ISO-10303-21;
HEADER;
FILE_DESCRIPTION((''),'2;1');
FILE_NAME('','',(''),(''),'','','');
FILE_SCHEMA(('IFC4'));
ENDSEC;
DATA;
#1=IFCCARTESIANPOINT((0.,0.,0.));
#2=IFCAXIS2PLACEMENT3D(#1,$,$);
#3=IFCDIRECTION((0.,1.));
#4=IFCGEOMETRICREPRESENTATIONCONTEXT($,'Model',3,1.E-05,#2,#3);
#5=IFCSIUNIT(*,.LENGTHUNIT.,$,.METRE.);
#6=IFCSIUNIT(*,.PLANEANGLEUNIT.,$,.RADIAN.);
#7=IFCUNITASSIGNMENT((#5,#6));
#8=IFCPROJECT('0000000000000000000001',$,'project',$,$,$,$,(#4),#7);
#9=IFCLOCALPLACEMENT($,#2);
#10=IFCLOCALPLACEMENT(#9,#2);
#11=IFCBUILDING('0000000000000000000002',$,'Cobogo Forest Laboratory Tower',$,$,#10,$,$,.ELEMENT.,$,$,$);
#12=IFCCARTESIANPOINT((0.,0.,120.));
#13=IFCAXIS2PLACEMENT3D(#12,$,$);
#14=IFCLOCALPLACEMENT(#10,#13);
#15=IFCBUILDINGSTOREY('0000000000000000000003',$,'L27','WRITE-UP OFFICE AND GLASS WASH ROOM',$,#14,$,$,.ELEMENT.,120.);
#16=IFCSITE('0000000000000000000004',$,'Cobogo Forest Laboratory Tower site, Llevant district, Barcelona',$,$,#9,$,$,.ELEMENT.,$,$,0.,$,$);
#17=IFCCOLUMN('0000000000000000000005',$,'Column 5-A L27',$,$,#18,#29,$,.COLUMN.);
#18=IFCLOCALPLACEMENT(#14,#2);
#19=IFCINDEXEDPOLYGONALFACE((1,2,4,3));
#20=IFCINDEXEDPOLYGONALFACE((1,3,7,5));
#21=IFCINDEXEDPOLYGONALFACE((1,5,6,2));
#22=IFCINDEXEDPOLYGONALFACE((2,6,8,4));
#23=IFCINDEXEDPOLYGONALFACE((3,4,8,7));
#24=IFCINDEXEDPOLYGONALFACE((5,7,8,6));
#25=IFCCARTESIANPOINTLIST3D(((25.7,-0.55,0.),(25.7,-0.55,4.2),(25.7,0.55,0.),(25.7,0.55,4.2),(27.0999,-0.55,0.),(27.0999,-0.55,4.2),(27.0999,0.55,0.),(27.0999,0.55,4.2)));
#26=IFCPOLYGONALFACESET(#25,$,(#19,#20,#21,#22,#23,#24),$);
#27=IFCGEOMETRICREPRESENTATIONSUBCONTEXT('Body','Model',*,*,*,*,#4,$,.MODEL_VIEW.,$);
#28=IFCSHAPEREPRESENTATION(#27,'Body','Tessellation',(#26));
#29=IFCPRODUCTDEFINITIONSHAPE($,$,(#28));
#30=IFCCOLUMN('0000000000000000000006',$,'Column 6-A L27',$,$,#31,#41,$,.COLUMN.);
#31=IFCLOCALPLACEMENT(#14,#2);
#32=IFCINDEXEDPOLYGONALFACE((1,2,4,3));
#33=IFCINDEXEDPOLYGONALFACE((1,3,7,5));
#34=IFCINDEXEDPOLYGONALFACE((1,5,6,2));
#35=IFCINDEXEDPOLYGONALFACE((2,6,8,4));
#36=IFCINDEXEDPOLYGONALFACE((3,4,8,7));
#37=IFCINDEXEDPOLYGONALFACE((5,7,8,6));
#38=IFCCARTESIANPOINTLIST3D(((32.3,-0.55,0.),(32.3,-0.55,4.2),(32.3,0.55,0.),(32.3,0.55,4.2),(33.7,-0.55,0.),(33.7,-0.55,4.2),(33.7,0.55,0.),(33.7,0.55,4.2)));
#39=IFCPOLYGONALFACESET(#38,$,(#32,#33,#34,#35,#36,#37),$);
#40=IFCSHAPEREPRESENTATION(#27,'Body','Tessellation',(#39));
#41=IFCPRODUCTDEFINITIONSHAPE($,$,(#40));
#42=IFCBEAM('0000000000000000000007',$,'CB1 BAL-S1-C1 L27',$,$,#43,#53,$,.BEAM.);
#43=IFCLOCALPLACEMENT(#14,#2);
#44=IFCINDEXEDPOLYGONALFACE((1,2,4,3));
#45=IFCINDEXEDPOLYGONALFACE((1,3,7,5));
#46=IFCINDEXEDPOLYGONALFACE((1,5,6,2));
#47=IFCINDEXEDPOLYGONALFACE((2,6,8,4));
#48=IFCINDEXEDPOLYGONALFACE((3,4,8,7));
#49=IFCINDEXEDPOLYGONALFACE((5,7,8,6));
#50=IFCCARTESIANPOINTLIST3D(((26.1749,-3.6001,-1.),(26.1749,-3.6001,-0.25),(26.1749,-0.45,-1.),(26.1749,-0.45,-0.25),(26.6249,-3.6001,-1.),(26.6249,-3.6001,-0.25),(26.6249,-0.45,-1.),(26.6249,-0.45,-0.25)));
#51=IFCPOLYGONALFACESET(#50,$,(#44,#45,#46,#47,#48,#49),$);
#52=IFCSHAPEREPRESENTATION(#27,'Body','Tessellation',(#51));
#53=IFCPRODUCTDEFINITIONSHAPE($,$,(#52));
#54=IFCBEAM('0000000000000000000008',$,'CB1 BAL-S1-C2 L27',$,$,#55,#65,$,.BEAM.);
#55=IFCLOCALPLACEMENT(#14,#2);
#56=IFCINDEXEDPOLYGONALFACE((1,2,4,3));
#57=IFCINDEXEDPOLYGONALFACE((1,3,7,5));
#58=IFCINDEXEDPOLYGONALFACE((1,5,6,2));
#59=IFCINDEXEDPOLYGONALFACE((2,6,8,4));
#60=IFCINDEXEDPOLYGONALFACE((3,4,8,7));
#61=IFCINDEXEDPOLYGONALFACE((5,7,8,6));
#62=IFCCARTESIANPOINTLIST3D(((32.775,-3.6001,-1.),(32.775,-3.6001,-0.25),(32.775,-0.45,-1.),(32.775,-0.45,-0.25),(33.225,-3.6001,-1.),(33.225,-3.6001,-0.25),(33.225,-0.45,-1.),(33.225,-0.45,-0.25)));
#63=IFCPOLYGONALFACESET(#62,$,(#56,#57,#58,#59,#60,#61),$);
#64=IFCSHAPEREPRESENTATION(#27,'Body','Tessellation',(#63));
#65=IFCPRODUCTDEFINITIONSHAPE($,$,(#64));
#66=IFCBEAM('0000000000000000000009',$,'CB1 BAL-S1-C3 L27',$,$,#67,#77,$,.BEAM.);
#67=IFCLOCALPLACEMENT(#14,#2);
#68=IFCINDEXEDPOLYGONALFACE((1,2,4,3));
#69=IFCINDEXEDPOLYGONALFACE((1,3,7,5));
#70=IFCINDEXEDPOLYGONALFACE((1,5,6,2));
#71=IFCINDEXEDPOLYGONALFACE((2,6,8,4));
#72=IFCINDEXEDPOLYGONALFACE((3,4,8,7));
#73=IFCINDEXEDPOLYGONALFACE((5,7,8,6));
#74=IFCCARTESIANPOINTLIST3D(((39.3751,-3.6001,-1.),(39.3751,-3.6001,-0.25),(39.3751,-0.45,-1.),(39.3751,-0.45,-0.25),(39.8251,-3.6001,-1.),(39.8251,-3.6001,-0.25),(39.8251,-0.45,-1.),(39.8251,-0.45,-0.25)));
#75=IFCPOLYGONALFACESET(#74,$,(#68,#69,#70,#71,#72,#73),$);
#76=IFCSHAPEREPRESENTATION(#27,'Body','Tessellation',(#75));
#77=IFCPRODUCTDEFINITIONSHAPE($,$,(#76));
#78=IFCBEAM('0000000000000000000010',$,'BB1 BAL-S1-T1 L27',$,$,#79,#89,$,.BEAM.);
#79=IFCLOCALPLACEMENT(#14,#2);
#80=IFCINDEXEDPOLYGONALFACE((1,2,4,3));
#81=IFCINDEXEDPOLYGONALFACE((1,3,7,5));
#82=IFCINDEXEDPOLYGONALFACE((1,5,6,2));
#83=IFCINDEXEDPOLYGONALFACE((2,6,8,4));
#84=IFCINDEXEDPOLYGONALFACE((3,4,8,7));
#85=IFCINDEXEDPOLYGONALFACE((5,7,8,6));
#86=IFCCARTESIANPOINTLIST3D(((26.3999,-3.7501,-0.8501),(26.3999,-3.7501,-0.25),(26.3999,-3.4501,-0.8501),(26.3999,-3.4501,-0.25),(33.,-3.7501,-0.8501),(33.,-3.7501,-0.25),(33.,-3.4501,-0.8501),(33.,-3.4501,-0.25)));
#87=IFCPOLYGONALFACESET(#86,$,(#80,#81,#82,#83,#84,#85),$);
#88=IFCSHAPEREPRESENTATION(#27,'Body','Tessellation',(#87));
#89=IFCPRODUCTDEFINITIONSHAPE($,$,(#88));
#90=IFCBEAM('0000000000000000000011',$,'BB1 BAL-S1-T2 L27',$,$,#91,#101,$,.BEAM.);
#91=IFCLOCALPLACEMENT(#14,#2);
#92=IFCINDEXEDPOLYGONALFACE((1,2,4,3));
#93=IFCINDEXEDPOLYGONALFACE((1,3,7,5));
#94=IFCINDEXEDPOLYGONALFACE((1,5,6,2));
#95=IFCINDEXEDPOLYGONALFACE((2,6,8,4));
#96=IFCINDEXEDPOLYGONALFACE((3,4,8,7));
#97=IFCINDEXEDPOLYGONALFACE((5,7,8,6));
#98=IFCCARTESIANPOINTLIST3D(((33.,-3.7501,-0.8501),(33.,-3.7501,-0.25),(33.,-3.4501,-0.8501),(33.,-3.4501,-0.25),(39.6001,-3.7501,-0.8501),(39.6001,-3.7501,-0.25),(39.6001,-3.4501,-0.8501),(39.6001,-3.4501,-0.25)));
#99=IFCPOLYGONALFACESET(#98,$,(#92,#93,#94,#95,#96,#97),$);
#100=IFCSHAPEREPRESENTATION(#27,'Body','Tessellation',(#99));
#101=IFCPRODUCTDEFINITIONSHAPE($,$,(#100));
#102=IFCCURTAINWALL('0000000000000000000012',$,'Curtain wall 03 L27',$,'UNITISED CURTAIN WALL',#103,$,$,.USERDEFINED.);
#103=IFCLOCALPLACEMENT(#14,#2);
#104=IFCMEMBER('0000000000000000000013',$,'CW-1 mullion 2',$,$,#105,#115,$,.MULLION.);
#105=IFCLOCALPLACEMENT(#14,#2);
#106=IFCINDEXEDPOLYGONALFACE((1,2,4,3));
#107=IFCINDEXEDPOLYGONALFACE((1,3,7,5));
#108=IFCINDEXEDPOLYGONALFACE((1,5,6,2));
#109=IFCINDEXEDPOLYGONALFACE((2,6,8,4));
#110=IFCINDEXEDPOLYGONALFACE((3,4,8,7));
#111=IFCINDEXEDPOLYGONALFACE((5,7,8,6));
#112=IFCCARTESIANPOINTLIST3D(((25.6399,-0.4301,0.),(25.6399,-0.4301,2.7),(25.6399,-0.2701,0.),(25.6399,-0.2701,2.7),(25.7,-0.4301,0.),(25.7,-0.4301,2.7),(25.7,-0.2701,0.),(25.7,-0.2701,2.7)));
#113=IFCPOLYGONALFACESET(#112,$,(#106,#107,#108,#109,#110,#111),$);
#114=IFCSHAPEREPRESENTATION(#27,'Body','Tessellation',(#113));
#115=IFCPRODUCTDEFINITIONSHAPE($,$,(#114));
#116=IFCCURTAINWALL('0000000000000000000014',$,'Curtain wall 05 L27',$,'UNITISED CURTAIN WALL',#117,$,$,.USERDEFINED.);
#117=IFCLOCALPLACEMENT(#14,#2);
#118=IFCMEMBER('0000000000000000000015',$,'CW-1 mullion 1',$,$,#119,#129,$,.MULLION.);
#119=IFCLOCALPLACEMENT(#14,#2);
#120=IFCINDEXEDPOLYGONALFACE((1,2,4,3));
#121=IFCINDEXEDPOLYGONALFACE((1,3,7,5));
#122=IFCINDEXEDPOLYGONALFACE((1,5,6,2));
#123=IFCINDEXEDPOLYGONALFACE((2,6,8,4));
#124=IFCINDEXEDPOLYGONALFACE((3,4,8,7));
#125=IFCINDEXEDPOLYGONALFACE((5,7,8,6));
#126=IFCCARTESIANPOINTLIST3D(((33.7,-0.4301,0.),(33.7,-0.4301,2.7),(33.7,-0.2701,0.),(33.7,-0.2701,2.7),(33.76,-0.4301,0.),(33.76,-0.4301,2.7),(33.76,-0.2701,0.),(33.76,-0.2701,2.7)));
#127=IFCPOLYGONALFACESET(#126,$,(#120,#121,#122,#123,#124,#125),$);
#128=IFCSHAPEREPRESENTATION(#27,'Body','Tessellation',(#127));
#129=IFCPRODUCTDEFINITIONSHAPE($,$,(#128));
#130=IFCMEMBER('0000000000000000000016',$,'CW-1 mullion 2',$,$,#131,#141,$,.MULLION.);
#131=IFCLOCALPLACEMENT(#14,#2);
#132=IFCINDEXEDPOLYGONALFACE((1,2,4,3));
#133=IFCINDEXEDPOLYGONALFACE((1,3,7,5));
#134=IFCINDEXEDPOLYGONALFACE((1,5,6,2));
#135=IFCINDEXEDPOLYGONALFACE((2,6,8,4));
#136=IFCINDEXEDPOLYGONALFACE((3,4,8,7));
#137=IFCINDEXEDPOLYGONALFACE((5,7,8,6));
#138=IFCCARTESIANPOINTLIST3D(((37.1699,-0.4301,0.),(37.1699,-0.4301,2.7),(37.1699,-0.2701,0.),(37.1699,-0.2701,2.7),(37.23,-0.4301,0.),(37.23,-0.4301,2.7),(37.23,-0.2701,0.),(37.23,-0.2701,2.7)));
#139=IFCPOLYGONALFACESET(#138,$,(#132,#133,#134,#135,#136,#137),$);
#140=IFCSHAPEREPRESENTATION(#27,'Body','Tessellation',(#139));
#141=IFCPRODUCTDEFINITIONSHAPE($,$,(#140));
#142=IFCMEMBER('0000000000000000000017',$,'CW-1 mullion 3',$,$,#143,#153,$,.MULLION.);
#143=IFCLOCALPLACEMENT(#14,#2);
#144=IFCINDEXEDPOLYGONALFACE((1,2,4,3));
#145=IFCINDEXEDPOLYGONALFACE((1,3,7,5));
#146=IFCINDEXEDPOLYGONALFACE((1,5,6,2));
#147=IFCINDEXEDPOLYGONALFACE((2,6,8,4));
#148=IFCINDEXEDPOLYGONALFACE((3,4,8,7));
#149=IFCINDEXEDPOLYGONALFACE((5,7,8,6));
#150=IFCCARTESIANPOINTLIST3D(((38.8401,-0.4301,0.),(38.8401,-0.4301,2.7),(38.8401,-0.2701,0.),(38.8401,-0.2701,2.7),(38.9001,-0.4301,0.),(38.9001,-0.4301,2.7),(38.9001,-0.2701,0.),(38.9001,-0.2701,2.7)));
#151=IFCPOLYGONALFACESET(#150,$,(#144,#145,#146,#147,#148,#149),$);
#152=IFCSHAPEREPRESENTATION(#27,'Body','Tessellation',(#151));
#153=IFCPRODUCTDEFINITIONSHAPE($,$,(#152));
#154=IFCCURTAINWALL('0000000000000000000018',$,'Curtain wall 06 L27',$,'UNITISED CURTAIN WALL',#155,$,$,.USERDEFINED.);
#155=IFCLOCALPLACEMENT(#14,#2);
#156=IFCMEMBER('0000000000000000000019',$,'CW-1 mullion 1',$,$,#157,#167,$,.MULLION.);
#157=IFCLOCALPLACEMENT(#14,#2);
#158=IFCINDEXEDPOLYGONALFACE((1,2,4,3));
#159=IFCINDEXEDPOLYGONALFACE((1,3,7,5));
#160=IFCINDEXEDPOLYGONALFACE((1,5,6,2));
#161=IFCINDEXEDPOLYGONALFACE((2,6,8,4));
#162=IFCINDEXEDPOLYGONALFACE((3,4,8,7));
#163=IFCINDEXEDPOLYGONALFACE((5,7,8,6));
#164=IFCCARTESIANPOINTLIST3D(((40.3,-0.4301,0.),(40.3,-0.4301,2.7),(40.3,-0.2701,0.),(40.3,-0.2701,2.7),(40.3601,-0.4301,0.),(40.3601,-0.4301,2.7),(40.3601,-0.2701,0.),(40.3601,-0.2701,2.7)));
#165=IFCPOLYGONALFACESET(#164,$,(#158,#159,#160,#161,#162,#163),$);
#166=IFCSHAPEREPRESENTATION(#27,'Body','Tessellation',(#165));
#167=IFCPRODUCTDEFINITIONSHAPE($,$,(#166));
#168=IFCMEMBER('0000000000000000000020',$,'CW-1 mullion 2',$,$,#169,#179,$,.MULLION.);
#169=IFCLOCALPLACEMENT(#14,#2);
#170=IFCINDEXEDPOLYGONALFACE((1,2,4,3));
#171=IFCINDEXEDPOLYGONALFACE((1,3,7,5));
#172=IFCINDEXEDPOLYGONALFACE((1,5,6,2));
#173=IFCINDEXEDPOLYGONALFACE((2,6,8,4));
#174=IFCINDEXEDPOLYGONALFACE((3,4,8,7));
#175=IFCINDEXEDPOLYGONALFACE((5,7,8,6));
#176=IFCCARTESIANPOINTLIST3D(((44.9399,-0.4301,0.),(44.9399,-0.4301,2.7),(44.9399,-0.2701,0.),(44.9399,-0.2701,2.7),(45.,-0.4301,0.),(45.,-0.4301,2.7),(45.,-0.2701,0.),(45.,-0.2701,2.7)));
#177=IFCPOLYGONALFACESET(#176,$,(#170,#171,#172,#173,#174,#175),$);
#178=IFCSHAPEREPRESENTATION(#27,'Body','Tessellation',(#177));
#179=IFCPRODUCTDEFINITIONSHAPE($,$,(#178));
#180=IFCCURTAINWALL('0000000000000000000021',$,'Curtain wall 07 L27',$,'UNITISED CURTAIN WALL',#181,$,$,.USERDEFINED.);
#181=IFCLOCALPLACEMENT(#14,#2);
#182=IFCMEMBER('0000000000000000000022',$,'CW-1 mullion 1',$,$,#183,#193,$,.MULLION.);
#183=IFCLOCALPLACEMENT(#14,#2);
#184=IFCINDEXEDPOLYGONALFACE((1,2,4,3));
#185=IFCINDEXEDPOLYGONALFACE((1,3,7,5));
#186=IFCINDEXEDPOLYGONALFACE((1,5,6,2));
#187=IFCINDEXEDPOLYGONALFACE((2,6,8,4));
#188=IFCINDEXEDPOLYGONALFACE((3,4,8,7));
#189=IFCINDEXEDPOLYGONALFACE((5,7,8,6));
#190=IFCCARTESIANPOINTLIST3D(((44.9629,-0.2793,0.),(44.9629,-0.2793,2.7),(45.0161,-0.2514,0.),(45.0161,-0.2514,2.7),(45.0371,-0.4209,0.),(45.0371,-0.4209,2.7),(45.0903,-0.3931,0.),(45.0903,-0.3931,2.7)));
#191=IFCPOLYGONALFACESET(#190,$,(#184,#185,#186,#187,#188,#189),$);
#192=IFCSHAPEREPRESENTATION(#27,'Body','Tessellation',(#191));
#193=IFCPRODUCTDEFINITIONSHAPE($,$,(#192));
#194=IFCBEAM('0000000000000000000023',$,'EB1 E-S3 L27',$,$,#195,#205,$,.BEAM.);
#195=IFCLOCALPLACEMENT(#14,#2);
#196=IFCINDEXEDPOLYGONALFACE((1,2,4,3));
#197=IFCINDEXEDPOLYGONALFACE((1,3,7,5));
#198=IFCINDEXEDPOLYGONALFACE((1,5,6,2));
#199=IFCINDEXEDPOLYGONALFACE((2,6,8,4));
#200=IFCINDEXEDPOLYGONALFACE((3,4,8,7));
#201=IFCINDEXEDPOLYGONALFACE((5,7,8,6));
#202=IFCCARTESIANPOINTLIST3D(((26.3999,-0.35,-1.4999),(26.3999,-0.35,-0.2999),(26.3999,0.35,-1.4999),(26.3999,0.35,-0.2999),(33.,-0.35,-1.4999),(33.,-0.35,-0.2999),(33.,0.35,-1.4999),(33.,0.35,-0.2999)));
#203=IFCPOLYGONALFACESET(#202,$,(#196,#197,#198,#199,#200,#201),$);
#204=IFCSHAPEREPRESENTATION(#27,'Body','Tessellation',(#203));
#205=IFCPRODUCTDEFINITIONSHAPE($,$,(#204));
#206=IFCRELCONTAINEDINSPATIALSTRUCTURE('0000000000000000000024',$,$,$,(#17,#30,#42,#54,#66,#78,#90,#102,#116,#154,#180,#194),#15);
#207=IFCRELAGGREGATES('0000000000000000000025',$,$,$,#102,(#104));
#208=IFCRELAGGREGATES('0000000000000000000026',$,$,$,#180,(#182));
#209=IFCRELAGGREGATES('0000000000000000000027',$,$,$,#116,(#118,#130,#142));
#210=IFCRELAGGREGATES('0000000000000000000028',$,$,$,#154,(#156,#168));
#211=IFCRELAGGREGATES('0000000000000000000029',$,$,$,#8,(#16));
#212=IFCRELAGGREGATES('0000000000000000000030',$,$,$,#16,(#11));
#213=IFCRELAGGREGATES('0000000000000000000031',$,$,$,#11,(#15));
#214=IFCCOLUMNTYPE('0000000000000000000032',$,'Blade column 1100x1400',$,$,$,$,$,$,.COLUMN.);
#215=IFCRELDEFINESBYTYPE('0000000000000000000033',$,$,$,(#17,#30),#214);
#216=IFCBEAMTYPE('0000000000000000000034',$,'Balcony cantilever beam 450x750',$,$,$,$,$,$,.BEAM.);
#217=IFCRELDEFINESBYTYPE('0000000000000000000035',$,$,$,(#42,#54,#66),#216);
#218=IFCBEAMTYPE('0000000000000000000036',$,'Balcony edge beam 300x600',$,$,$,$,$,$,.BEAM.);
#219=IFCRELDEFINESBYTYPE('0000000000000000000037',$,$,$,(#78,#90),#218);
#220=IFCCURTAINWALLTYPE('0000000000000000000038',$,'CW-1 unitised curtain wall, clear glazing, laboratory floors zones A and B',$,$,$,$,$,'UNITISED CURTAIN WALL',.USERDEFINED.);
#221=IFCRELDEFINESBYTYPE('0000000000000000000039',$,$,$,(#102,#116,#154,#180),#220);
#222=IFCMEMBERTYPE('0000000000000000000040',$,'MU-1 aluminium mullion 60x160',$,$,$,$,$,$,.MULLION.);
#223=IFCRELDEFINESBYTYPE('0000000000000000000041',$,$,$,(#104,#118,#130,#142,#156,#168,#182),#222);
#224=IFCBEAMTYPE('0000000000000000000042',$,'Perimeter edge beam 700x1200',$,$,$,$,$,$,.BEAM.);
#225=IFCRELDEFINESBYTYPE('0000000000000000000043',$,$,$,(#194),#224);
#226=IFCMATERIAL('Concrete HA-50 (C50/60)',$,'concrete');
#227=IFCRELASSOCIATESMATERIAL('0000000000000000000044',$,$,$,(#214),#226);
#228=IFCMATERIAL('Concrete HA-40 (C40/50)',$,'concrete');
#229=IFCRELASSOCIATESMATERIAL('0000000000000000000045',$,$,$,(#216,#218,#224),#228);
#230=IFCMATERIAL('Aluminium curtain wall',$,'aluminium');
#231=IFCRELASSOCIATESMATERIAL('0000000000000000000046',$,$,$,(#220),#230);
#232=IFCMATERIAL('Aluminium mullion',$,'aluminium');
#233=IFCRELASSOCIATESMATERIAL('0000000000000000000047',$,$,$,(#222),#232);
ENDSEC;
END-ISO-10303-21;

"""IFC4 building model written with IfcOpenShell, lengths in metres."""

from ifc_helpers import new_model, si_unit, direction, frame, origin, origin_2d, place, context, subcontext, project, spatial, rectangle, extrude, material, material_profile, profile_set, type_object, element, aggregate, save


model = new_model("IFC4")

# Units and contexts
model_context = context("Model", 3, precision=1e-05, world=origin(), true_north=direction((0.0, 1.0)))
body_context = subcontext(model_context, "Body", "Model", "MODEL_VIEW")
ifc_project = project(units=[si_unit("LENGTHUNIT", "METRE"), si_unit("PLANEANGLEUNIT", "RADIAN")], contexts=[model_context])

# Site, building, storey
site_placement = place(None, origin())
site = spatial("IfcSite", under=ifc_project, at=site_placement, Name="Cobogo Forest Laboratory Tower site, Llevant district, Barcelona", CompositionType="ELEMENT", RefElevation=0.0)
building_placement = place(site_placement, origin())
building = spatial("IfcBuilding", under=site, at=building_placement, Name="Cobogo Forest Laboratory Tower", CompositionType="ELEMENT")
storey_placement = place(building_placement, frame((0.0, 0.0, 120.0)))
storey = spatial("IfcBuildingStorey", under=building, at=storey_placement, Name="L27", Description="WRITE-UP OFFICE AND GLASS WASH ROOM", CompositionType="ELEMENT", Elevation=120.0)

# Columns
ifc_material_1 = material(Name="Concrete HA-50 (C50/60)", Category="concrete")
ifc_material_profile_1 = material_profile(ifc_material_1, rectangle(XDim=1.3999, YDim=1.1001, at=origin_2d()), Name="RC 1100x1400")
ifc_profile_set_1 = profile_set([ifc_material_profile_1], Name="Concrete HA-50 (C50/60)")
column_type = type_object("IfcColumnType", Name="Blade column 1100x1400", PredefinedType="COLUMN", material=ifc_profile_set_1)
for number, where, z_axis, x_axis, name in (
    (1, (26.3999, 0.0, 0.0), (0.0, 0.0, 1.0), (1.0, 0.0, 0.0), "Column 5-A L27"),
    (2, (33.0, 0.0, 0.0), (0.0, 0.0, 1.0), (1.0, 0.0, 0.0), "Column 6-A L27"),
):
    element("IfcColumn", number, at=place(storey_placement, frame(where, z_axis=z_axis, x_axis=x_axis)), inside=storey, type_object=column_type, Name=name, PredefinedType="COLUMN", context=body_context, shape_type="SweptSolid", body=[
        extrude(rectangle(XDim=1.3999, YDim=1.1001, at=origin_2d()), origin(), (0.0, 0.0, 1.0), 4.2),
    ])

# Beams
ifc_material_2 = material(Name="Concrete HA-40 (C40/50)", Category="concrete")
ifc_material_profile_2 = material_profile(ifc_material_2, rectangle(XDim=0.45, YDim=0.75, at=origin_2d()), Name="RC 450x750")
ifc_profile_set_2 = profile_set([ifc_material_profile_2], Name="Concrete HA-40 (C40/50)")
beam_type_1 = type_object("IfcBeamType", Name="Balcony cantilever beam 450x750", PredefinedType="BEAM", material=ifc_profile_set_2)
for number, where, z_axis, x_axis, name in (
    (3, (26.3999, -0.45, -0.625), (0.0, -1.0, 0.0), (1.0, 0.0, 0.0), "CB1 BAL-S1-C1 L27"),
    (4, (33.0, -0.45, -0.625), (0.0, -1.0, 0.0), (1.0, 0.0, 0.0), "CB1 BAL-S1-C2 L27"),
    (5, (39.6001, -0.45, -0.625), (0.0, -1.0, 0.0), (1.0, 0.0, 0.0), "CB1 BAL-S1-C3 L27"),
):
    element("IfcBeam", number, at=place(storey_placement, frame(where, z_axis=z_axis, x_axis=x_axis)), inside=storey, type_object=beam_type_1, Name=name, PredefinedType="BEAM", context=body_context, shape_type="SweptSolid", body=[
        extrude(rectangle(XDim=0.45, YDim=0.75, at=origin_2d()), origin(), (0.0, 0.0, 1.0), 3.1501),
    ])
ifc_material_profile_3 = material_profile(ifc_material_2, rectangle(XDim=0.3, YDim=0.6001, at=origin_2d()), Name="RC 300x600")
ifc_profile_set_3 = profile_set([ifc_material_profile_3], Name="Concrete HA-40 (C40/50)")
beam_type_2 = type_object("IfcBeamType", Name="Balcony edge beam 300x600", PredefinedType="BEAM", material=ifc_profile_set_3)
for number, where, z_axis, x_axis, name in (
    (6, (26.3999, -3.6001, -0.55), (1.0, 0.0, 0.0), (0.0, 1.0, 0.0), "BB1 BAL-S1-T1 L27"),
    (7, (33.0, -3.6001, -0.55), (1.0, 0.0, 0.0), (0.0, 1.0, 0.0), "BB1 BAL-S1-T2 L27"),
):
    element("IfcBeam", number, at=place(storey_placement, frame(where, z_axis=z_axis, x_axis=x_axis)), inside=storey, type_object=beam_type_2, Name=name, PredefinedType="BEAM", context=body_context, shape_type="SweptSolid", body=[
        extrude(rectangle(XDim=0.3, YDim=0.6001, at=origin_2d()), origin(), (0.0, 0.0, 1.0), 6.6001),
    ])

# Curtain wall, member
ifc_material_3 = material(Name="Aluminium curtain wall", Category="aluminium")
curtain_wall_type = type_object("IfcCurtainWallType", Name="CW-1 unitised curtain wall, clear glazing, laboratory floors zones A and B", ElementType="UNITISED CURTAIN WALL", PredefinedType="USERDEFINED", material=ifc_material_3)
curtain_wall_1_placement = place(storey_placement, origin())
curtain_wall_1 = element("IfcCurtainWall", 8, at=curtain_wall_1_placement, inside=storey, type_object=curtain_wall_type, Name="Curtain wall 03 L27", ObjectType="UNITISED CURTAIN WALL", PredefinedType="USERDEFINED")
ifc_material_4 = material(Name="Aluminium mullion", Category="aluminium")
ifc_material_profile_4 = material_profile(ifc_material_4, rectangle(XDim=0.0601, YDim=0.1599, at=origin_2d()), Name="AL 60x160")
ifc_profile_set_4 = profile_set([ifc_material_profile_4], Name="Aluminium mullion")
member_type_1 = type_object("IfcMemberType", Name="MU-1 aluminium mullion 60x160", PredefinedType="MULLION", material=ifc_profile_set_4)
member_1_placement = place(storey_placement, frame((25.6699, -0.3501, 0.0), z_axis=(0.0, 0.0, 1.0), x_axis=(1.0, 0.0, 0.0)))
member_1 = element("IfcMember", 9, at=member_1_placement, type_object=member_type_1, Name="CW-1 mullion 2", PredefinedType="MULLION", context=body_context, shape_type="SweptSolid", body=[
    extrude(rectangle(XDim=0.0601, YDim=0.1599, at=origin_2d()), origin(), (0.0, 0.0, 1.0), 2.7),
])
aggregate(curtain_wall_1, [member_1])

# Curtain walls, members
curtain_wall_2_placement = place(storey_placement, origin())
curtain_wall_2 = element("IfcCurtainWall", 10, at=curtain_wall_2_placement, inside=storey, type_object=curtain_wall_type, Name="Curtain wall 05 L27", ObjectType="UNITISED CURTAIN WALL", PredefinedType="USERDEFINED")
member_2_placement = place(storey_placement, frame((33.73, -0.3501, 0.0), z_axis=(0.0, 0.0, 1.0), x_axis=(1.0, 0.0, 0.0)))
member_2 = element("IfcMember", 11, at=member_2_placement, type_object=member_type_1, Name="CW-1 mullion 1", PredefinedType="MULLION", context=body_context, shape_type="SweptSolid", body=[
    extrude(rectangle(XDim=0.0601, YDim=0.1599, at=origin_2d()), origin(), (0.0, 0.0, 1.0), 2.7),
])
member_3_placement = place(storey_placement, frame((37.2, -0.3501, 0.0), z_axis=(0.0, 0.0, 1.0), x_axis=(1.0, 0.0, 0.0)))
member_3 = element("IfcMember", 12, at=member_3_placement, type_object=member_type_1, Name="CW-1 mullion 2", PredefinedType="MULLION", context=body_context, shape_type="SweptSolid", body=[
    extrude(rectangle(XDim=0.0601, YDim=0.1599, at=origin_2d()), origin(), (0.0, 0.0, 1.0), 2.7),
])
member_4_placement = place(storey_placement, frame((38.8701, -0.3501, 0.0), z_axis=(0.0, 0.0, 1.0), x_axis=(1.0, 0.0, 0.0)))
member_4 = element("IfcMember", 13, at=member_4_placement, type_object=member_type_1, Name="CW-1 mullion 3", PredefinedType="MULLION", context=body_context, shape_type="SweptSolid", body=[
    extrude(rectangle(XDim=0.0601, YDim=0.1599, at=origin_2d()), origin(), (0.0, 0.0, 1.0), 2.7),
])
curtain_wall_3_placement = place(storey_placement, origin())
curtain_wall_3 = element("IfcCurtainWall", 14, at=curtain_wall_3_placement, inside=storey, type_object=curtain_wall_type, Name="Curtain wall 06 L27", ObjectType="UNITISED CURTAIN WALL", PredefinedType="USERDEFINED")
member_5_placement = place(storey_placement, frame((40.3301, -0.3501, 0.0), z_axis=(0.0, 0.0, 1.0), x_axis=(1.0, 0.0, 0.0)))
member_5 = element("IfcMember", 15, at=member_5_placement, type_object=member_type_1, Name="CW-1 mullion 1", PredefinedType="MULLION", context=body_context, shape_type="SweptSolid", body=[
    extrude(rectangle(XDim=0.0601, YDim=0.1599, at=origin_2d()), origin(), (0.0, 0.0, 1.0), 2.7),
])
member_6_placement = place(storey_placement, frame((44.97, -0.3501, 0.0), z_axis=(0.0, 0.0, 1.0), x_axis=(1.0, 0.0, 0.0)))
member_6 = element("IfcMember", 16, at=member_6_placement, type_object=member_type_1, Name="CW-1 mullion 2", PredefinedType="MULLION", context=body_context, shape_type="SweptSolid", body=[
    extrude(rectangle(XDim=0.0601, YDim=0.1599, at=origin_2d()), origin(), (0.0, 0.0, 1.0), 2.7),
])

# Curtain wall, member
curtain_wall_4_placement = place(storey_placement, origin())
curtain_wall_4 = element("IfcCurtainWall", 17, at=curtain_wall_4_placement, inside=storey, type_object=curtain_wall_type, Name="Curtain wall 07 L27", ObjectType="UNITISED CURTAIN WALL", PredefinedType="USERDEFINED")
member_7_placement = place(storey_placement, frame((45.0266, -0.3362, 0.0), z_axis=(0.0, 0.0, 1.0), x_axis=(0.885687, 0.464284, 0.0)))
member_7 = element("IfcMember", 18, at=member_7_placement, type_object=member_type_1, Name="CW-1 mullion 1", PredefinedType="MULLION", context=body_context, shape_type="SweptSolid", body=[
    extrude(rectangle(XDim=0.0601, YDim=0.1599, at=origin_2d()), origin(), (0.0, 0.0, 1.0), 2.7),
])

# Beam
ifc_material_profile_5 = material_profile(ifc_material_2, rectangle(XDim=0.7, YDim=1.2, at=origin_2d()), Name="RC 700x1200")
ifc_profile_set_5 = profile_set([ifc_material_profile_5], Name="Concrete HA-40 (C40/50)")
beam_type_3 = type_object("IfcBeamType", Name="Perimeter edge beam 700x1200", PredefinedType="BEAM", material=ifc_profile_set_5)
for number, where, z_axis, x_axis, name in (
    (19, (26.3999, 0.0, -0.8999), (1.0, 0.0, 0.0), (0.0, 1.0, 0.0), "EB1 E-S3 L27"),
):
    element("IfcBeam", number, at=place(storey_placement, frame(where, z_axis=z_axis, x_axis=x_axis)), inside=storey, type_object=beam_type_3, Name=name, PredefinedType="BEAM", context=body_context, shape_type="SweptSolid", body=[
        extrude(rectangle(XDim=0.7, YDim=1.2, at=origin_2d()), origin(), (0.0, 0.0, 1.0), 6.6001),
    ])

aggregate(curtain_wall_4, [member_7])

aggregate(curtain_wall_2, [member_2, member_3, member_4])
aggregate(curtain_wall_3, [member_5, member_6])

save(model, "model.ifc")
